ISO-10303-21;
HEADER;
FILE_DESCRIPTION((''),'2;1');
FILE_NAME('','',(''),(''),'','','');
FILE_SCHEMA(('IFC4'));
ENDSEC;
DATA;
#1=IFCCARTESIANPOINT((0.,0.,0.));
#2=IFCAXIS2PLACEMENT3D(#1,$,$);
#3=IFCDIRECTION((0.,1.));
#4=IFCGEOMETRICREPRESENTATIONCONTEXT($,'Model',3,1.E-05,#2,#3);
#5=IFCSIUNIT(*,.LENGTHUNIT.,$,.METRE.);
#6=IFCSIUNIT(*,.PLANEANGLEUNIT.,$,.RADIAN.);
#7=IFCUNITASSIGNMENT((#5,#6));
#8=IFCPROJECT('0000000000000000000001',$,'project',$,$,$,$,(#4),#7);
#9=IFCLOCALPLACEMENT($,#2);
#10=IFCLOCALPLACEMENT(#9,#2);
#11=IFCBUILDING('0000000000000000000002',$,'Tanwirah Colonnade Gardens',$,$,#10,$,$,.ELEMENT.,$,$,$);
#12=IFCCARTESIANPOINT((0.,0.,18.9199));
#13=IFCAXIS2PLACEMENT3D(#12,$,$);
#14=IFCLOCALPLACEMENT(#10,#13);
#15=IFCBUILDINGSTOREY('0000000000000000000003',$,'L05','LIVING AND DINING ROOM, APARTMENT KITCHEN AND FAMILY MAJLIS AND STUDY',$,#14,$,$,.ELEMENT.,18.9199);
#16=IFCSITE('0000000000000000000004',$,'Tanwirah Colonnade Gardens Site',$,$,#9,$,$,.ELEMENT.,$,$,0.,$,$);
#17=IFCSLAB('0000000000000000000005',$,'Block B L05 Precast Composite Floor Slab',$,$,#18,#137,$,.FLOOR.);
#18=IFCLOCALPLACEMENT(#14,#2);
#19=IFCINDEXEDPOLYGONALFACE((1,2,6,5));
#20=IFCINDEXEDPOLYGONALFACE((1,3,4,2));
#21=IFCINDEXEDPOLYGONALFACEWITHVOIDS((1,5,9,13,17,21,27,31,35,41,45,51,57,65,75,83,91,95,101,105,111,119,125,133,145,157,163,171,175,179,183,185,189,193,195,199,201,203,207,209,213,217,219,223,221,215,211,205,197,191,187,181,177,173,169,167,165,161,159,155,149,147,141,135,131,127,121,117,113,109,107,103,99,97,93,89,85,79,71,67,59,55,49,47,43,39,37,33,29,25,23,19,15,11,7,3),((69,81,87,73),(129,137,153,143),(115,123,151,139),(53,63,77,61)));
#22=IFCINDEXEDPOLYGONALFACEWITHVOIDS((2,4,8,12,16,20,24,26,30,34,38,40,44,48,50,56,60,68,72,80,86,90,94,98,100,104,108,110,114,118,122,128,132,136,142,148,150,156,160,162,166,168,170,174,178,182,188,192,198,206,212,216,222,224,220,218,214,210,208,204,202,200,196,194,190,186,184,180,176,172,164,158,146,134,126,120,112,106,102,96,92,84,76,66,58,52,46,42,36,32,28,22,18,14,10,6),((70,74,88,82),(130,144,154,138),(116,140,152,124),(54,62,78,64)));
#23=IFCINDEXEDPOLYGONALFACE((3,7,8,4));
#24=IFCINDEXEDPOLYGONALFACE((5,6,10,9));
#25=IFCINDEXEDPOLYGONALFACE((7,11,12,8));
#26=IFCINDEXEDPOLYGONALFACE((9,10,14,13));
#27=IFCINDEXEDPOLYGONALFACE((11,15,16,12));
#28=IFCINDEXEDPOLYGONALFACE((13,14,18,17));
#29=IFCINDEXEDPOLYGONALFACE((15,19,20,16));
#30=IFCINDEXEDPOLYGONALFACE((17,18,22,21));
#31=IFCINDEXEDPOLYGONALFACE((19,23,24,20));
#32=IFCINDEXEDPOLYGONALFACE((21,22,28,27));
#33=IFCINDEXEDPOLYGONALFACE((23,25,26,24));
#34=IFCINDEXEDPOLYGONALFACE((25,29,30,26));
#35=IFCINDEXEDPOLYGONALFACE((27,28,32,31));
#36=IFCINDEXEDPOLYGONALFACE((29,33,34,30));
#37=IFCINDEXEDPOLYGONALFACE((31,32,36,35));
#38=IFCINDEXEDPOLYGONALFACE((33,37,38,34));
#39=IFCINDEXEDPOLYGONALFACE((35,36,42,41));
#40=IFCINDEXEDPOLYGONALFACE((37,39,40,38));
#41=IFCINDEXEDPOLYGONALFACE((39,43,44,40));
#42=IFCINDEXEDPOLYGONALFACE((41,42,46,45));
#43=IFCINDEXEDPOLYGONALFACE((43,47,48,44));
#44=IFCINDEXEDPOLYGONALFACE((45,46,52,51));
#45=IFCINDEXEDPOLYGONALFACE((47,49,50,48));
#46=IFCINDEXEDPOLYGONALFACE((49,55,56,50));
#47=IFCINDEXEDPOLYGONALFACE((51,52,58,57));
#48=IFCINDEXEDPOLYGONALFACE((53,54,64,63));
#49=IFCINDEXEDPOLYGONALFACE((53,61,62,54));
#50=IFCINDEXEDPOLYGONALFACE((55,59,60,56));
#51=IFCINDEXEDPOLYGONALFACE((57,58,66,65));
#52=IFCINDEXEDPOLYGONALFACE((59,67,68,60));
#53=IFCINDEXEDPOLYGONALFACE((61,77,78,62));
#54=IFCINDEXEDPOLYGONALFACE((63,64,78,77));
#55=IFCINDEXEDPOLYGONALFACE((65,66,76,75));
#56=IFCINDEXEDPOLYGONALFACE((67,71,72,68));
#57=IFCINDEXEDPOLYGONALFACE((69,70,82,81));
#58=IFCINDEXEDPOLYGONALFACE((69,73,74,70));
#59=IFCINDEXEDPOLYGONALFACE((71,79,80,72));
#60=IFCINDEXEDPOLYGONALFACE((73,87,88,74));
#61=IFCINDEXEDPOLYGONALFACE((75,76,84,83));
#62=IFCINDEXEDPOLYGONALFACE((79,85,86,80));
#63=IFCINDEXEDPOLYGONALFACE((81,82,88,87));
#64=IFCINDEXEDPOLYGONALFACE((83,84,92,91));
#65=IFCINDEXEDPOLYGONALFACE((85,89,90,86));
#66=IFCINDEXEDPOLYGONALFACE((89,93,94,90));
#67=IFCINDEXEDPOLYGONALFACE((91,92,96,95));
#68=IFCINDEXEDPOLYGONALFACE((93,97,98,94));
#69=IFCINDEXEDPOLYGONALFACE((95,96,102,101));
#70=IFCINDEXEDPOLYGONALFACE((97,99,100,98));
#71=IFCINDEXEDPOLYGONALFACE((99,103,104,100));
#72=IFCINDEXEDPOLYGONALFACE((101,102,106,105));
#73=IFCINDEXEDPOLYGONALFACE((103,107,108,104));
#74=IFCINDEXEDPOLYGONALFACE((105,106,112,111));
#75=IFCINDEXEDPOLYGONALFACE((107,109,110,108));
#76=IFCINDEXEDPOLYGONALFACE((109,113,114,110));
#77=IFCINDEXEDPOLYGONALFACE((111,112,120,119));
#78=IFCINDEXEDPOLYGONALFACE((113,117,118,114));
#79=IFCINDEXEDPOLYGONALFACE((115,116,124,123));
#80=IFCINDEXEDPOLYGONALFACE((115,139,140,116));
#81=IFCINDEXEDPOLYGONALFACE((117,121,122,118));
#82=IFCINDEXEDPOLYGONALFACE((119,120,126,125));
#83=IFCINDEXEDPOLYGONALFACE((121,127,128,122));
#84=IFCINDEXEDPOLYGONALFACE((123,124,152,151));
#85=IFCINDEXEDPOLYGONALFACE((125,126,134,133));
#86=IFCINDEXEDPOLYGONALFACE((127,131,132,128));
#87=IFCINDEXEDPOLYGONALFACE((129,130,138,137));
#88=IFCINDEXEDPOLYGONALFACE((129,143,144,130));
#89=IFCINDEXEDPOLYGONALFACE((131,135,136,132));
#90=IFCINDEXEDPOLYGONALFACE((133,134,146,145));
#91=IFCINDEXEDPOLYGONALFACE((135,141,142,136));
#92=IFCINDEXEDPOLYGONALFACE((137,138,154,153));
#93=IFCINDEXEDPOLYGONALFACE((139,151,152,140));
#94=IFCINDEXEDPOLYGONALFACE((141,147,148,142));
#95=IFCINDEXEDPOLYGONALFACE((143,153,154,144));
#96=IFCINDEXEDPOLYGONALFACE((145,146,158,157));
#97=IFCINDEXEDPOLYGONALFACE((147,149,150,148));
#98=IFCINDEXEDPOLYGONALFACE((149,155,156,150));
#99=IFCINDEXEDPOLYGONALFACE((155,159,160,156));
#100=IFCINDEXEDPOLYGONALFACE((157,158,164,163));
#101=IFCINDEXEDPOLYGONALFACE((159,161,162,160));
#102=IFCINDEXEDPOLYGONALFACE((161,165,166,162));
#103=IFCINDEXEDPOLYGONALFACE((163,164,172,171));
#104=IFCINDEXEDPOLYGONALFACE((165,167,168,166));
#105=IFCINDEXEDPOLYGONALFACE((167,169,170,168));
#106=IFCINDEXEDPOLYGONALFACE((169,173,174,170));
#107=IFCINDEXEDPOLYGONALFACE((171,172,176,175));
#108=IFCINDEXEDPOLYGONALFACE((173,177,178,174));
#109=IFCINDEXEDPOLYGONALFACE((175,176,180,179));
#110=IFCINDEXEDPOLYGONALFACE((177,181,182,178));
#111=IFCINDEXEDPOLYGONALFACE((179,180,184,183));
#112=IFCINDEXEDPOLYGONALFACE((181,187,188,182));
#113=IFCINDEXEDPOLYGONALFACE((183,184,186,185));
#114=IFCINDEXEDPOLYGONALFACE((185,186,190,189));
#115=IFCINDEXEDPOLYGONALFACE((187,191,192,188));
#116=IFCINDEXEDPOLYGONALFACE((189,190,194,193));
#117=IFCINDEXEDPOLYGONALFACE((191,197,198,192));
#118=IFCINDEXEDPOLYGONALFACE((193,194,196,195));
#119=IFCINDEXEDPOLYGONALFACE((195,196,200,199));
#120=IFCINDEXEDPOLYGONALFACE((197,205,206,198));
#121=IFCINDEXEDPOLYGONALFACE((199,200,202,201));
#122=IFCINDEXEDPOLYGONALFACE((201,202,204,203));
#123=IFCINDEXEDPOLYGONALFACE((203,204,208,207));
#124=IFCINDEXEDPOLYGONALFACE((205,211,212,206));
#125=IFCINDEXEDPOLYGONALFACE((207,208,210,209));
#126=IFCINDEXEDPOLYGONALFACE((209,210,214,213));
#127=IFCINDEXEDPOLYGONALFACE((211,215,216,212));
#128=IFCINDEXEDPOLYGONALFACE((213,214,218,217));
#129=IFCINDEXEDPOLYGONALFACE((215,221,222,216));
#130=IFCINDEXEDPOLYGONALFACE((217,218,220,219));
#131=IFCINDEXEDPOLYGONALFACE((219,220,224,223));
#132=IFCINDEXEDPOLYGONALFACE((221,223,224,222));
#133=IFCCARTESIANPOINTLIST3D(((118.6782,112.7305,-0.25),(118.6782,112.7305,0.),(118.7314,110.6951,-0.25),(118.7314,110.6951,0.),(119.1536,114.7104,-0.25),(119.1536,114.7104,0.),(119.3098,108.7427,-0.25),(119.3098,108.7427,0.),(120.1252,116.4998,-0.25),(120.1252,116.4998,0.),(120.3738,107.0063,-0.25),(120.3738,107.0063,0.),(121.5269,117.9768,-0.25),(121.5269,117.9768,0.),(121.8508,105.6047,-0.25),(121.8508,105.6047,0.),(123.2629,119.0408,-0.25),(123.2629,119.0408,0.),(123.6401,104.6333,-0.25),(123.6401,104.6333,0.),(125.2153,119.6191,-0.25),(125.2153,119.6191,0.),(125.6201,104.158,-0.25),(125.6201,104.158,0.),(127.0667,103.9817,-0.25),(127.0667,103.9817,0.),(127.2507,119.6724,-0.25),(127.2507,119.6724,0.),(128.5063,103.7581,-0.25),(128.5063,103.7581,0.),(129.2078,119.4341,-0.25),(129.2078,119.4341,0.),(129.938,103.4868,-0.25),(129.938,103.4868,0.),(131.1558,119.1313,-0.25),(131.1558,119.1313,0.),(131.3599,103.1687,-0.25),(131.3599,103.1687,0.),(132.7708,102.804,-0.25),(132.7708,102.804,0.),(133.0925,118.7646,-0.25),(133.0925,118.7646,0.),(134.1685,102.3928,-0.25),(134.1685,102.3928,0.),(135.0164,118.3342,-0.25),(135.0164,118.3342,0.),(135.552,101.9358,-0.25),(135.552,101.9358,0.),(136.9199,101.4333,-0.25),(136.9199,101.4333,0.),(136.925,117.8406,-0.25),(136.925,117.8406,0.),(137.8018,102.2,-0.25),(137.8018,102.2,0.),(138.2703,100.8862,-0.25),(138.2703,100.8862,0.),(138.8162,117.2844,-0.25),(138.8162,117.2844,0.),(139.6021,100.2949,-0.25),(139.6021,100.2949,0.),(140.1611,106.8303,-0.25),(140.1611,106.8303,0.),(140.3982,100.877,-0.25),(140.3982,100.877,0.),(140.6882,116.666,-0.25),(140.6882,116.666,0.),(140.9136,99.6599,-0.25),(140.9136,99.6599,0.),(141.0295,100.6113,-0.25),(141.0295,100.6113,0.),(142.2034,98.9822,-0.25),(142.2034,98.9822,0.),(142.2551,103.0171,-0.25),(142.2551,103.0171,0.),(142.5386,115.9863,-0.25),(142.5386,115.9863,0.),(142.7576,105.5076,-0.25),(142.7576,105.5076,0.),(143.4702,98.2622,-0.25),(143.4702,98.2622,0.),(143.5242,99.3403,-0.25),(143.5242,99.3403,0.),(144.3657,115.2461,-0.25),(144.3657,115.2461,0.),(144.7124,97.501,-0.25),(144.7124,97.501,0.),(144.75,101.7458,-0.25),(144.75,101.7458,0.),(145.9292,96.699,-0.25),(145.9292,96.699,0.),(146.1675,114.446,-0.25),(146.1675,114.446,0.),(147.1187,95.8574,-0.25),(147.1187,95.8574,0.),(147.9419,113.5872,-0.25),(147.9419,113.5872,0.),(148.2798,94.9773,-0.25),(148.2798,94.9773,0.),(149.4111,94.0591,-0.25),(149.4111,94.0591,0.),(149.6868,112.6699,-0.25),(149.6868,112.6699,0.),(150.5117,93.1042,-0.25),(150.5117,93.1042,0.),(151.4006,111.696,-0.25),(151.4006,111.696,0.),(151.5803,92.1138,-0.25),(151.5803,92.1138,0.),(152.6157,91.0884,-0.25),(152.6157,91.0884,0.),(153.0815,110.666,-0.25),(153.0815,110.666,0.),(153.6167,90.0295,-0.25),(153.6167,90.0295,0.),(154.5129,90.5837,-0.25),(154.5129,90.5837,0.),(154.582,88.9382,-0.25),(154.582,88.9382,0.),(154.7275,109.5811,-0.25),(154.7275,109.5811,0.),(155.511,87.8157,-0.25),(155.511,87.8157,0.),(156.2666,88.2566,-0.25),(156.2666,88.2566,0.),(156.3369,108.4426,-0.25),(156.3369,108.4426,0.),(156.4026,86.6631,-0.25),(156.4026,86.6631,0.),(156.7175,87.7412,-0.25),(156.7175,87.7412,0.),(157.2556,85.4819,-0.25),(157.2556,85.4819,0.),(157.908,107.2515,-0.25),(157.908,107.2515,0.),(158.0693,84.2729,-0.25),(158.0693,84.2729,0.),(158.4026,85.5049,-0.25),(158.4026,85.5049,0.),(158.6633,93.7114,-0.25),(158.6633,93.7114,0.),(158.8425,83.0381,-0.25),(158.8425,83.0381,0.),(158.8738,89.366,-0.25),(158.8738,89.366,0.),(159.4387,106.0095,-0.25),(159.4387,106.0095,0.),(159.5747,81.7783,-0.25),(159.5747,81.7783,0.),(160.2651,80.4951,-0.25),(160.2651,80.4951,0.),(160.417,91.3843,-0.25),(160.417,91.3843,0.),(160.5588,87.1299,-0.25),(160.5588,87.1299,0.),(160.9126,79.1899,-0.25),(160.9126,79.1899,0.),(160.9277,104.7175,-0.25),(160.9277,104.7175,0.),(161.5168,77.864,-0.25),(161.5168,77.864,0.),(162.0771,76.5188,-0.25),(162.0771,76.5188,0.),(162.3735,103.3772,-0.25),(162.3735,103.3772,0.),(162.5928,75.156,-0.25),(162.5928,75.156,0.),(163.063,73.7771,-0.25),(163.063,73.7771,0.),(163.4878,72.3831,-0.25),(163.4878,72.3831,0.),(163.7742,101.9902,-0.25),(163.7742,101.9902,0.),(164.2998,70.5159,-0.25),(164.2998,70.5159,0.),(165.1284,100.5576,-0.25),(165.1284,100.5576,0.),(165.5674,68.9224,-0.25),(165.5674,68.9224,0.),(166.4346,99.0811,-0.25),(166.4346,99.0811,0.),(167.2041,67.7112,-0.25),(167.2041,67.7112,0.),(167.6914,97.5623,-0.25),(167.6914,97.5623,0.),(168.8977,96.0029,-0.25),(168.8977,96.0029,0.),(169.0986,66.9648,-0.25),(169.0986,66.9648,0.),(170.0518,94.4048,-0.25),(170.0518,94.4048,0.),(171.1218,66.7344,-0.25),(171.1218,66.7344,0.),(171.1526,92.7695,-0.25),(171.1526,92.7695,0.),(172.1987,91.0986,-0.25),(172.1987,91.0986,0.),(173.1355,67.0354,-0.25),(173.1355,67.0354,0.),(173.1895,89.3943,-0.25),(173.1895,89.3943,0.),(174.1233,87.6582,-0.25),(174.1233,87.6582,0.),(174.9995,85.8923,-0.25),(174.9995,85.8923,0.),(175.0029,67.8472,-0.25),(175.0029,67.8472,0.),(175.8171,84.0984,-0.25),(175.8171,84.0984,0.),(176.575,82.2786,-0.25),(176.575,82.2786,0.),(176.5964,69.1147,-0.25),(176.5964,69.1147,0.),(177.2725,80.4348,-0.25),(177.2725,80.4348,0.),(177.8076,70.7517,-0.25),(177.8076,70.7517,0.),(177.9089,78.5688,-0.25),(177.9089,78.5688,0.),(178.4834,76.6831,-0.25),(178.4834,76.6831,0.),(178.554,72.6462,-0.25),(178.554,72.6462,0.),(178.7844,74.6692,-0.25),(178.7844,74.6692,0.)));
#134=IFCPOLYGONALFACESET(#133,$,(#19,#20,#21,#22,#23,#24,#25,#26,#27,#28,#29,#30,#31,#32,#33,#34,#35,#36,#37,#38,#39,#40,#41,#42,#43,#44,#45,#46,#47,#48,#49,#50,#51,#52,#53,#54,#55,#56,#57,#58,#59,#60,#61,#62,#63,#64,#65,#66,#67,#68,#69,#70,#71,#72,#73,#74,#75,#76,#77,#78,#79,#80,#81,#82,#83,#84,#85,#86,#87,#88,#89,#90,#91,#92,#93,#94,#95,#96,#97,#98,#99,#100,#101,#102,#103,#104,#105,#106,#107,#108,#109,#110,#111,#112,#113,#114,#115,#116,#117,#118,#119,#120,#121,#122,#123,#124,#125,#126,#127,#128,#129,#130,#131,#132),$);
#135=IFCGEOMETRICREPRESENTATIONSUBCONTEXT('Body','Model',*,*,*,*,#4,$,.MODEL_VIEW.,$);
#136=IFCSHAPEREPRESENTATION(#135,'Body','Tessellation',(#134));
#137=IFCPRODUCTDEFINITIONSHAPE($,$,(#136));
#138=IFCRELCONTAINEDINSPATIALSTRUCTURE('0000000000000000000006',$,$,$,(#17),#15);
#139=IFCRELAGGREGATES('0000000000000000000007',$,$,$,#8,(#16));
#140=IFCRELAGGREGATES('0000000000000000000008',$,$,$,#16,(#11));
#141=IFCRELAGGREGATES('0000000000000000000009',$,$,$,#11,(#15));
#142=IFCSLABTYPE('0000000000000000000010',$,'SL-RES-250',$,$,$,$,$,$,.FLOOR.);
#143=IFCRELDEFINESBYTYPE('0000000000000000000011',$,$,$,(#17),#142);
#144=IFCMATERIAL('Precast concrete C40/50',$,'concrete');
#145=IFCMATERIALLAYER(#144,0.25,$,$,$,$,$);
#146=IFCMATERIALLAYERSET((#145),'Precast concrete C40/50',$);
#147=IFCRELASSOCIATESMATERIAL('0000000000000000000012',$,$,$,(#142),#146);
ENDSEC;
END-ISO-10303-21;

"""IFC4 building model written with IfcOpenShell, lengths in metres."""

from ifc_helpers import new_model, si_unit, direction, frame, origin, place, context, subcontext, project, spatial, polyline, outline, extrude, material, layer, layer_set, type_object, element, save


model = new_model("IFC4")

# Units and contexts
model_context = context("Model", 3, precision=1e-05, world=origin(), true_north=direction((0.0, 1.0)))
body_context = subcontext(model_context, "Body", "Model", "MODEL_VIEW")
ifc_project = project(units=[si_unit("LENGTHUNIT", "METRE"), si_unit("PLANEANGLEUNIT", "RADIAN")], contexts=[model_context])

# Site, building, storey
site_placement = place(None, origin())
site = spatial("IfcSite", under=ifc_project, at=site_placement, Name="Tanwirah Colonnade Gardens Site", CompositionType="ELEMENT", RefElevation=0.0)
building_placement = place(site_placement, origin())
building = spatial("IfcBuilding", under=site, at=building_placement, Name="Tanwirah Colonnade Gardens", CompositionType="ELEMENT")
storey_placement = place(building_placement, frame((0.0, 0.0, 18.9199)))
storey = spatial("IfcBuildingStorey", under=building, at=storey_placement, Name="L05", Description="LIVING AND DINING ROOM, APARTMENT KITCHEN AND FAMILY MAJLIS AND STUDY", CompositionType="ELEMENT", Elevation=18.9199)

# Shared definitions
ifc_material_1 = material(Name="Precast concrete C40/50", Category="concrete")

# Slab
ifc_layer_1 = layer(ifc_material_1, 0.25)
ifc_layer_set_1 = layer_set([ifc_layer_1], Name="Precast concrete C40/50")
slab_type_1 = type_object("IfcSlabType", Name="SL-RES-250", PredefinedType="FLOOR", material=ifc_layer_set_1)
slab_1_placement = place(storey_placement, frame((0.0, 0.0, -0.25)))
element("IfcSlab", 1, at=slab_1_placement, inside=storey, type_object=slab_type_1, Name="Block B L05 Precast Composite Floor Slab", PredefinedType="FLOOR", context=body_context, shape_type="SweptSolid", body=[
    extrude(outline(polyline([(162.5928, 75.156), (163.063, 73.7771), (163.4878, 72.3831), (164.2998, 70.5159), (165.5674, 68.9224), (167.2041, 67.7112), (169.0986, 66.9648), (171.1218, 66.7344), (173.1355, 67.0354), (175.0029, 67.8472), (176.5964, 69.1147), (177.8076, 70.7517), (178.554, 72.6462), (178.7844, 74.6692), (178.4834, 76.6831), (177.9089, 78.5688), (177.2725, 80.4348), (176.575, 82.2786), (175.8171, 84.0984), (174.9995, 85.8923), (174.1233, 87.6582), (173.1895, 89.3943), (172.1987, 91.0986), (171.1526, 92.7695), (170.0518, 94.4048), (168.8977, 96.0029), (167.6914, 97.5623), (166.4346, 99.0811), (165.1284, 100.5576), (163.7742, 101.9902), (162.3735, 103.3772), (160.9277, 104.7175), (159.4387, 106.0095), (157.908, 107.2515), (156.3369, 108.4426), (154.7275, 109.5811), (153.0815, 110.666), (151.4006, 111.696), (149.6868, 112.6699), (147.9419, 113.5872), (146.1675, 114.446), (144.3657, 115.2461), (142.5386, 115.9863), (140.6882, 116.666), (138.8162, 117.2844), (136.925, 117.8406), (135.0164, 118.3342), (133.0925, 118.7646), (131.1558, 119.1313), (129.2078, 119.4341), (127.2507, 119.6724), (125.2153, 119.6191), (123.2629, 119.0408), (121.5269, 117.9768), (120.1252, 116.4998), (119.1536, 114.7104), (118.6782, 112.7305), (118.7314, 110.6951), (119.3098, 108.7427), (120.3738, 107.0063), (121.8508, 105.6047), (123.6401, 104.6333), (125.6201, 104.158), (127.0667, 103.9817), (128.5063, 103.7581), (129.938, 103.4868), (131.3599, 103.1687), (132.7708, 102.804), (134.1685, 102.3928), (135.552, 101.9358), (136.9199, 101.4333), (138.2703, 100.8862), (139.6021, 100.2949), (140.9136, 99.6599), (142.2034, 98.9822), (143.4702, 98.2622), (144.7124, 97.501), (145.9292, 96.699), (147.1187, 95.8574), (148.2798, 94.9773), (149.4111, 94.0591), (150.5117, 93.1042), (151.5803, 92.1138), (152.6157, 91.0884), (153.6167, 90.0295), (154.582, 88.9382), (155.511, 87.8157), (156.4026, 86.6631), (157.2556, 85.4819), (158.0693, 84.2729), (158.8425, 83.0381), (159.5747, 81.7783), (160.2651, 80.4951), (160.9126, 79.1899), (161.5168, 77.864), (162.0771, 76.5188), (162.5928, 75.156)]), holes=[polyline([(160.417, 91.3843), (156.2666, 88.2566), (154.5129, 90.5837), (158.6633, 93.7114), (160.417, 91.3843)]), polyline([(158.4026, 85.5049), (156.7175, 87.7412), (158.8738, 89.366), (160.5588, 87.1299), (158.4026, 85.5049)]), polyline([(137.8018, 102.2), (140.1611, 106.8303), (142.7576, 105.5076), (140.3982, 100.877), (137.8018, 102.2)]), polyline([(142.2551, 103.0171), (144.75, 101.7458), (143.5242, 99.3403), (141.0295, 100.6113), (142.2551, 103.0171)])]), origin(), (0.0, 0.0, 1.0), 0.25),
])

save(model, "model.ifc")
